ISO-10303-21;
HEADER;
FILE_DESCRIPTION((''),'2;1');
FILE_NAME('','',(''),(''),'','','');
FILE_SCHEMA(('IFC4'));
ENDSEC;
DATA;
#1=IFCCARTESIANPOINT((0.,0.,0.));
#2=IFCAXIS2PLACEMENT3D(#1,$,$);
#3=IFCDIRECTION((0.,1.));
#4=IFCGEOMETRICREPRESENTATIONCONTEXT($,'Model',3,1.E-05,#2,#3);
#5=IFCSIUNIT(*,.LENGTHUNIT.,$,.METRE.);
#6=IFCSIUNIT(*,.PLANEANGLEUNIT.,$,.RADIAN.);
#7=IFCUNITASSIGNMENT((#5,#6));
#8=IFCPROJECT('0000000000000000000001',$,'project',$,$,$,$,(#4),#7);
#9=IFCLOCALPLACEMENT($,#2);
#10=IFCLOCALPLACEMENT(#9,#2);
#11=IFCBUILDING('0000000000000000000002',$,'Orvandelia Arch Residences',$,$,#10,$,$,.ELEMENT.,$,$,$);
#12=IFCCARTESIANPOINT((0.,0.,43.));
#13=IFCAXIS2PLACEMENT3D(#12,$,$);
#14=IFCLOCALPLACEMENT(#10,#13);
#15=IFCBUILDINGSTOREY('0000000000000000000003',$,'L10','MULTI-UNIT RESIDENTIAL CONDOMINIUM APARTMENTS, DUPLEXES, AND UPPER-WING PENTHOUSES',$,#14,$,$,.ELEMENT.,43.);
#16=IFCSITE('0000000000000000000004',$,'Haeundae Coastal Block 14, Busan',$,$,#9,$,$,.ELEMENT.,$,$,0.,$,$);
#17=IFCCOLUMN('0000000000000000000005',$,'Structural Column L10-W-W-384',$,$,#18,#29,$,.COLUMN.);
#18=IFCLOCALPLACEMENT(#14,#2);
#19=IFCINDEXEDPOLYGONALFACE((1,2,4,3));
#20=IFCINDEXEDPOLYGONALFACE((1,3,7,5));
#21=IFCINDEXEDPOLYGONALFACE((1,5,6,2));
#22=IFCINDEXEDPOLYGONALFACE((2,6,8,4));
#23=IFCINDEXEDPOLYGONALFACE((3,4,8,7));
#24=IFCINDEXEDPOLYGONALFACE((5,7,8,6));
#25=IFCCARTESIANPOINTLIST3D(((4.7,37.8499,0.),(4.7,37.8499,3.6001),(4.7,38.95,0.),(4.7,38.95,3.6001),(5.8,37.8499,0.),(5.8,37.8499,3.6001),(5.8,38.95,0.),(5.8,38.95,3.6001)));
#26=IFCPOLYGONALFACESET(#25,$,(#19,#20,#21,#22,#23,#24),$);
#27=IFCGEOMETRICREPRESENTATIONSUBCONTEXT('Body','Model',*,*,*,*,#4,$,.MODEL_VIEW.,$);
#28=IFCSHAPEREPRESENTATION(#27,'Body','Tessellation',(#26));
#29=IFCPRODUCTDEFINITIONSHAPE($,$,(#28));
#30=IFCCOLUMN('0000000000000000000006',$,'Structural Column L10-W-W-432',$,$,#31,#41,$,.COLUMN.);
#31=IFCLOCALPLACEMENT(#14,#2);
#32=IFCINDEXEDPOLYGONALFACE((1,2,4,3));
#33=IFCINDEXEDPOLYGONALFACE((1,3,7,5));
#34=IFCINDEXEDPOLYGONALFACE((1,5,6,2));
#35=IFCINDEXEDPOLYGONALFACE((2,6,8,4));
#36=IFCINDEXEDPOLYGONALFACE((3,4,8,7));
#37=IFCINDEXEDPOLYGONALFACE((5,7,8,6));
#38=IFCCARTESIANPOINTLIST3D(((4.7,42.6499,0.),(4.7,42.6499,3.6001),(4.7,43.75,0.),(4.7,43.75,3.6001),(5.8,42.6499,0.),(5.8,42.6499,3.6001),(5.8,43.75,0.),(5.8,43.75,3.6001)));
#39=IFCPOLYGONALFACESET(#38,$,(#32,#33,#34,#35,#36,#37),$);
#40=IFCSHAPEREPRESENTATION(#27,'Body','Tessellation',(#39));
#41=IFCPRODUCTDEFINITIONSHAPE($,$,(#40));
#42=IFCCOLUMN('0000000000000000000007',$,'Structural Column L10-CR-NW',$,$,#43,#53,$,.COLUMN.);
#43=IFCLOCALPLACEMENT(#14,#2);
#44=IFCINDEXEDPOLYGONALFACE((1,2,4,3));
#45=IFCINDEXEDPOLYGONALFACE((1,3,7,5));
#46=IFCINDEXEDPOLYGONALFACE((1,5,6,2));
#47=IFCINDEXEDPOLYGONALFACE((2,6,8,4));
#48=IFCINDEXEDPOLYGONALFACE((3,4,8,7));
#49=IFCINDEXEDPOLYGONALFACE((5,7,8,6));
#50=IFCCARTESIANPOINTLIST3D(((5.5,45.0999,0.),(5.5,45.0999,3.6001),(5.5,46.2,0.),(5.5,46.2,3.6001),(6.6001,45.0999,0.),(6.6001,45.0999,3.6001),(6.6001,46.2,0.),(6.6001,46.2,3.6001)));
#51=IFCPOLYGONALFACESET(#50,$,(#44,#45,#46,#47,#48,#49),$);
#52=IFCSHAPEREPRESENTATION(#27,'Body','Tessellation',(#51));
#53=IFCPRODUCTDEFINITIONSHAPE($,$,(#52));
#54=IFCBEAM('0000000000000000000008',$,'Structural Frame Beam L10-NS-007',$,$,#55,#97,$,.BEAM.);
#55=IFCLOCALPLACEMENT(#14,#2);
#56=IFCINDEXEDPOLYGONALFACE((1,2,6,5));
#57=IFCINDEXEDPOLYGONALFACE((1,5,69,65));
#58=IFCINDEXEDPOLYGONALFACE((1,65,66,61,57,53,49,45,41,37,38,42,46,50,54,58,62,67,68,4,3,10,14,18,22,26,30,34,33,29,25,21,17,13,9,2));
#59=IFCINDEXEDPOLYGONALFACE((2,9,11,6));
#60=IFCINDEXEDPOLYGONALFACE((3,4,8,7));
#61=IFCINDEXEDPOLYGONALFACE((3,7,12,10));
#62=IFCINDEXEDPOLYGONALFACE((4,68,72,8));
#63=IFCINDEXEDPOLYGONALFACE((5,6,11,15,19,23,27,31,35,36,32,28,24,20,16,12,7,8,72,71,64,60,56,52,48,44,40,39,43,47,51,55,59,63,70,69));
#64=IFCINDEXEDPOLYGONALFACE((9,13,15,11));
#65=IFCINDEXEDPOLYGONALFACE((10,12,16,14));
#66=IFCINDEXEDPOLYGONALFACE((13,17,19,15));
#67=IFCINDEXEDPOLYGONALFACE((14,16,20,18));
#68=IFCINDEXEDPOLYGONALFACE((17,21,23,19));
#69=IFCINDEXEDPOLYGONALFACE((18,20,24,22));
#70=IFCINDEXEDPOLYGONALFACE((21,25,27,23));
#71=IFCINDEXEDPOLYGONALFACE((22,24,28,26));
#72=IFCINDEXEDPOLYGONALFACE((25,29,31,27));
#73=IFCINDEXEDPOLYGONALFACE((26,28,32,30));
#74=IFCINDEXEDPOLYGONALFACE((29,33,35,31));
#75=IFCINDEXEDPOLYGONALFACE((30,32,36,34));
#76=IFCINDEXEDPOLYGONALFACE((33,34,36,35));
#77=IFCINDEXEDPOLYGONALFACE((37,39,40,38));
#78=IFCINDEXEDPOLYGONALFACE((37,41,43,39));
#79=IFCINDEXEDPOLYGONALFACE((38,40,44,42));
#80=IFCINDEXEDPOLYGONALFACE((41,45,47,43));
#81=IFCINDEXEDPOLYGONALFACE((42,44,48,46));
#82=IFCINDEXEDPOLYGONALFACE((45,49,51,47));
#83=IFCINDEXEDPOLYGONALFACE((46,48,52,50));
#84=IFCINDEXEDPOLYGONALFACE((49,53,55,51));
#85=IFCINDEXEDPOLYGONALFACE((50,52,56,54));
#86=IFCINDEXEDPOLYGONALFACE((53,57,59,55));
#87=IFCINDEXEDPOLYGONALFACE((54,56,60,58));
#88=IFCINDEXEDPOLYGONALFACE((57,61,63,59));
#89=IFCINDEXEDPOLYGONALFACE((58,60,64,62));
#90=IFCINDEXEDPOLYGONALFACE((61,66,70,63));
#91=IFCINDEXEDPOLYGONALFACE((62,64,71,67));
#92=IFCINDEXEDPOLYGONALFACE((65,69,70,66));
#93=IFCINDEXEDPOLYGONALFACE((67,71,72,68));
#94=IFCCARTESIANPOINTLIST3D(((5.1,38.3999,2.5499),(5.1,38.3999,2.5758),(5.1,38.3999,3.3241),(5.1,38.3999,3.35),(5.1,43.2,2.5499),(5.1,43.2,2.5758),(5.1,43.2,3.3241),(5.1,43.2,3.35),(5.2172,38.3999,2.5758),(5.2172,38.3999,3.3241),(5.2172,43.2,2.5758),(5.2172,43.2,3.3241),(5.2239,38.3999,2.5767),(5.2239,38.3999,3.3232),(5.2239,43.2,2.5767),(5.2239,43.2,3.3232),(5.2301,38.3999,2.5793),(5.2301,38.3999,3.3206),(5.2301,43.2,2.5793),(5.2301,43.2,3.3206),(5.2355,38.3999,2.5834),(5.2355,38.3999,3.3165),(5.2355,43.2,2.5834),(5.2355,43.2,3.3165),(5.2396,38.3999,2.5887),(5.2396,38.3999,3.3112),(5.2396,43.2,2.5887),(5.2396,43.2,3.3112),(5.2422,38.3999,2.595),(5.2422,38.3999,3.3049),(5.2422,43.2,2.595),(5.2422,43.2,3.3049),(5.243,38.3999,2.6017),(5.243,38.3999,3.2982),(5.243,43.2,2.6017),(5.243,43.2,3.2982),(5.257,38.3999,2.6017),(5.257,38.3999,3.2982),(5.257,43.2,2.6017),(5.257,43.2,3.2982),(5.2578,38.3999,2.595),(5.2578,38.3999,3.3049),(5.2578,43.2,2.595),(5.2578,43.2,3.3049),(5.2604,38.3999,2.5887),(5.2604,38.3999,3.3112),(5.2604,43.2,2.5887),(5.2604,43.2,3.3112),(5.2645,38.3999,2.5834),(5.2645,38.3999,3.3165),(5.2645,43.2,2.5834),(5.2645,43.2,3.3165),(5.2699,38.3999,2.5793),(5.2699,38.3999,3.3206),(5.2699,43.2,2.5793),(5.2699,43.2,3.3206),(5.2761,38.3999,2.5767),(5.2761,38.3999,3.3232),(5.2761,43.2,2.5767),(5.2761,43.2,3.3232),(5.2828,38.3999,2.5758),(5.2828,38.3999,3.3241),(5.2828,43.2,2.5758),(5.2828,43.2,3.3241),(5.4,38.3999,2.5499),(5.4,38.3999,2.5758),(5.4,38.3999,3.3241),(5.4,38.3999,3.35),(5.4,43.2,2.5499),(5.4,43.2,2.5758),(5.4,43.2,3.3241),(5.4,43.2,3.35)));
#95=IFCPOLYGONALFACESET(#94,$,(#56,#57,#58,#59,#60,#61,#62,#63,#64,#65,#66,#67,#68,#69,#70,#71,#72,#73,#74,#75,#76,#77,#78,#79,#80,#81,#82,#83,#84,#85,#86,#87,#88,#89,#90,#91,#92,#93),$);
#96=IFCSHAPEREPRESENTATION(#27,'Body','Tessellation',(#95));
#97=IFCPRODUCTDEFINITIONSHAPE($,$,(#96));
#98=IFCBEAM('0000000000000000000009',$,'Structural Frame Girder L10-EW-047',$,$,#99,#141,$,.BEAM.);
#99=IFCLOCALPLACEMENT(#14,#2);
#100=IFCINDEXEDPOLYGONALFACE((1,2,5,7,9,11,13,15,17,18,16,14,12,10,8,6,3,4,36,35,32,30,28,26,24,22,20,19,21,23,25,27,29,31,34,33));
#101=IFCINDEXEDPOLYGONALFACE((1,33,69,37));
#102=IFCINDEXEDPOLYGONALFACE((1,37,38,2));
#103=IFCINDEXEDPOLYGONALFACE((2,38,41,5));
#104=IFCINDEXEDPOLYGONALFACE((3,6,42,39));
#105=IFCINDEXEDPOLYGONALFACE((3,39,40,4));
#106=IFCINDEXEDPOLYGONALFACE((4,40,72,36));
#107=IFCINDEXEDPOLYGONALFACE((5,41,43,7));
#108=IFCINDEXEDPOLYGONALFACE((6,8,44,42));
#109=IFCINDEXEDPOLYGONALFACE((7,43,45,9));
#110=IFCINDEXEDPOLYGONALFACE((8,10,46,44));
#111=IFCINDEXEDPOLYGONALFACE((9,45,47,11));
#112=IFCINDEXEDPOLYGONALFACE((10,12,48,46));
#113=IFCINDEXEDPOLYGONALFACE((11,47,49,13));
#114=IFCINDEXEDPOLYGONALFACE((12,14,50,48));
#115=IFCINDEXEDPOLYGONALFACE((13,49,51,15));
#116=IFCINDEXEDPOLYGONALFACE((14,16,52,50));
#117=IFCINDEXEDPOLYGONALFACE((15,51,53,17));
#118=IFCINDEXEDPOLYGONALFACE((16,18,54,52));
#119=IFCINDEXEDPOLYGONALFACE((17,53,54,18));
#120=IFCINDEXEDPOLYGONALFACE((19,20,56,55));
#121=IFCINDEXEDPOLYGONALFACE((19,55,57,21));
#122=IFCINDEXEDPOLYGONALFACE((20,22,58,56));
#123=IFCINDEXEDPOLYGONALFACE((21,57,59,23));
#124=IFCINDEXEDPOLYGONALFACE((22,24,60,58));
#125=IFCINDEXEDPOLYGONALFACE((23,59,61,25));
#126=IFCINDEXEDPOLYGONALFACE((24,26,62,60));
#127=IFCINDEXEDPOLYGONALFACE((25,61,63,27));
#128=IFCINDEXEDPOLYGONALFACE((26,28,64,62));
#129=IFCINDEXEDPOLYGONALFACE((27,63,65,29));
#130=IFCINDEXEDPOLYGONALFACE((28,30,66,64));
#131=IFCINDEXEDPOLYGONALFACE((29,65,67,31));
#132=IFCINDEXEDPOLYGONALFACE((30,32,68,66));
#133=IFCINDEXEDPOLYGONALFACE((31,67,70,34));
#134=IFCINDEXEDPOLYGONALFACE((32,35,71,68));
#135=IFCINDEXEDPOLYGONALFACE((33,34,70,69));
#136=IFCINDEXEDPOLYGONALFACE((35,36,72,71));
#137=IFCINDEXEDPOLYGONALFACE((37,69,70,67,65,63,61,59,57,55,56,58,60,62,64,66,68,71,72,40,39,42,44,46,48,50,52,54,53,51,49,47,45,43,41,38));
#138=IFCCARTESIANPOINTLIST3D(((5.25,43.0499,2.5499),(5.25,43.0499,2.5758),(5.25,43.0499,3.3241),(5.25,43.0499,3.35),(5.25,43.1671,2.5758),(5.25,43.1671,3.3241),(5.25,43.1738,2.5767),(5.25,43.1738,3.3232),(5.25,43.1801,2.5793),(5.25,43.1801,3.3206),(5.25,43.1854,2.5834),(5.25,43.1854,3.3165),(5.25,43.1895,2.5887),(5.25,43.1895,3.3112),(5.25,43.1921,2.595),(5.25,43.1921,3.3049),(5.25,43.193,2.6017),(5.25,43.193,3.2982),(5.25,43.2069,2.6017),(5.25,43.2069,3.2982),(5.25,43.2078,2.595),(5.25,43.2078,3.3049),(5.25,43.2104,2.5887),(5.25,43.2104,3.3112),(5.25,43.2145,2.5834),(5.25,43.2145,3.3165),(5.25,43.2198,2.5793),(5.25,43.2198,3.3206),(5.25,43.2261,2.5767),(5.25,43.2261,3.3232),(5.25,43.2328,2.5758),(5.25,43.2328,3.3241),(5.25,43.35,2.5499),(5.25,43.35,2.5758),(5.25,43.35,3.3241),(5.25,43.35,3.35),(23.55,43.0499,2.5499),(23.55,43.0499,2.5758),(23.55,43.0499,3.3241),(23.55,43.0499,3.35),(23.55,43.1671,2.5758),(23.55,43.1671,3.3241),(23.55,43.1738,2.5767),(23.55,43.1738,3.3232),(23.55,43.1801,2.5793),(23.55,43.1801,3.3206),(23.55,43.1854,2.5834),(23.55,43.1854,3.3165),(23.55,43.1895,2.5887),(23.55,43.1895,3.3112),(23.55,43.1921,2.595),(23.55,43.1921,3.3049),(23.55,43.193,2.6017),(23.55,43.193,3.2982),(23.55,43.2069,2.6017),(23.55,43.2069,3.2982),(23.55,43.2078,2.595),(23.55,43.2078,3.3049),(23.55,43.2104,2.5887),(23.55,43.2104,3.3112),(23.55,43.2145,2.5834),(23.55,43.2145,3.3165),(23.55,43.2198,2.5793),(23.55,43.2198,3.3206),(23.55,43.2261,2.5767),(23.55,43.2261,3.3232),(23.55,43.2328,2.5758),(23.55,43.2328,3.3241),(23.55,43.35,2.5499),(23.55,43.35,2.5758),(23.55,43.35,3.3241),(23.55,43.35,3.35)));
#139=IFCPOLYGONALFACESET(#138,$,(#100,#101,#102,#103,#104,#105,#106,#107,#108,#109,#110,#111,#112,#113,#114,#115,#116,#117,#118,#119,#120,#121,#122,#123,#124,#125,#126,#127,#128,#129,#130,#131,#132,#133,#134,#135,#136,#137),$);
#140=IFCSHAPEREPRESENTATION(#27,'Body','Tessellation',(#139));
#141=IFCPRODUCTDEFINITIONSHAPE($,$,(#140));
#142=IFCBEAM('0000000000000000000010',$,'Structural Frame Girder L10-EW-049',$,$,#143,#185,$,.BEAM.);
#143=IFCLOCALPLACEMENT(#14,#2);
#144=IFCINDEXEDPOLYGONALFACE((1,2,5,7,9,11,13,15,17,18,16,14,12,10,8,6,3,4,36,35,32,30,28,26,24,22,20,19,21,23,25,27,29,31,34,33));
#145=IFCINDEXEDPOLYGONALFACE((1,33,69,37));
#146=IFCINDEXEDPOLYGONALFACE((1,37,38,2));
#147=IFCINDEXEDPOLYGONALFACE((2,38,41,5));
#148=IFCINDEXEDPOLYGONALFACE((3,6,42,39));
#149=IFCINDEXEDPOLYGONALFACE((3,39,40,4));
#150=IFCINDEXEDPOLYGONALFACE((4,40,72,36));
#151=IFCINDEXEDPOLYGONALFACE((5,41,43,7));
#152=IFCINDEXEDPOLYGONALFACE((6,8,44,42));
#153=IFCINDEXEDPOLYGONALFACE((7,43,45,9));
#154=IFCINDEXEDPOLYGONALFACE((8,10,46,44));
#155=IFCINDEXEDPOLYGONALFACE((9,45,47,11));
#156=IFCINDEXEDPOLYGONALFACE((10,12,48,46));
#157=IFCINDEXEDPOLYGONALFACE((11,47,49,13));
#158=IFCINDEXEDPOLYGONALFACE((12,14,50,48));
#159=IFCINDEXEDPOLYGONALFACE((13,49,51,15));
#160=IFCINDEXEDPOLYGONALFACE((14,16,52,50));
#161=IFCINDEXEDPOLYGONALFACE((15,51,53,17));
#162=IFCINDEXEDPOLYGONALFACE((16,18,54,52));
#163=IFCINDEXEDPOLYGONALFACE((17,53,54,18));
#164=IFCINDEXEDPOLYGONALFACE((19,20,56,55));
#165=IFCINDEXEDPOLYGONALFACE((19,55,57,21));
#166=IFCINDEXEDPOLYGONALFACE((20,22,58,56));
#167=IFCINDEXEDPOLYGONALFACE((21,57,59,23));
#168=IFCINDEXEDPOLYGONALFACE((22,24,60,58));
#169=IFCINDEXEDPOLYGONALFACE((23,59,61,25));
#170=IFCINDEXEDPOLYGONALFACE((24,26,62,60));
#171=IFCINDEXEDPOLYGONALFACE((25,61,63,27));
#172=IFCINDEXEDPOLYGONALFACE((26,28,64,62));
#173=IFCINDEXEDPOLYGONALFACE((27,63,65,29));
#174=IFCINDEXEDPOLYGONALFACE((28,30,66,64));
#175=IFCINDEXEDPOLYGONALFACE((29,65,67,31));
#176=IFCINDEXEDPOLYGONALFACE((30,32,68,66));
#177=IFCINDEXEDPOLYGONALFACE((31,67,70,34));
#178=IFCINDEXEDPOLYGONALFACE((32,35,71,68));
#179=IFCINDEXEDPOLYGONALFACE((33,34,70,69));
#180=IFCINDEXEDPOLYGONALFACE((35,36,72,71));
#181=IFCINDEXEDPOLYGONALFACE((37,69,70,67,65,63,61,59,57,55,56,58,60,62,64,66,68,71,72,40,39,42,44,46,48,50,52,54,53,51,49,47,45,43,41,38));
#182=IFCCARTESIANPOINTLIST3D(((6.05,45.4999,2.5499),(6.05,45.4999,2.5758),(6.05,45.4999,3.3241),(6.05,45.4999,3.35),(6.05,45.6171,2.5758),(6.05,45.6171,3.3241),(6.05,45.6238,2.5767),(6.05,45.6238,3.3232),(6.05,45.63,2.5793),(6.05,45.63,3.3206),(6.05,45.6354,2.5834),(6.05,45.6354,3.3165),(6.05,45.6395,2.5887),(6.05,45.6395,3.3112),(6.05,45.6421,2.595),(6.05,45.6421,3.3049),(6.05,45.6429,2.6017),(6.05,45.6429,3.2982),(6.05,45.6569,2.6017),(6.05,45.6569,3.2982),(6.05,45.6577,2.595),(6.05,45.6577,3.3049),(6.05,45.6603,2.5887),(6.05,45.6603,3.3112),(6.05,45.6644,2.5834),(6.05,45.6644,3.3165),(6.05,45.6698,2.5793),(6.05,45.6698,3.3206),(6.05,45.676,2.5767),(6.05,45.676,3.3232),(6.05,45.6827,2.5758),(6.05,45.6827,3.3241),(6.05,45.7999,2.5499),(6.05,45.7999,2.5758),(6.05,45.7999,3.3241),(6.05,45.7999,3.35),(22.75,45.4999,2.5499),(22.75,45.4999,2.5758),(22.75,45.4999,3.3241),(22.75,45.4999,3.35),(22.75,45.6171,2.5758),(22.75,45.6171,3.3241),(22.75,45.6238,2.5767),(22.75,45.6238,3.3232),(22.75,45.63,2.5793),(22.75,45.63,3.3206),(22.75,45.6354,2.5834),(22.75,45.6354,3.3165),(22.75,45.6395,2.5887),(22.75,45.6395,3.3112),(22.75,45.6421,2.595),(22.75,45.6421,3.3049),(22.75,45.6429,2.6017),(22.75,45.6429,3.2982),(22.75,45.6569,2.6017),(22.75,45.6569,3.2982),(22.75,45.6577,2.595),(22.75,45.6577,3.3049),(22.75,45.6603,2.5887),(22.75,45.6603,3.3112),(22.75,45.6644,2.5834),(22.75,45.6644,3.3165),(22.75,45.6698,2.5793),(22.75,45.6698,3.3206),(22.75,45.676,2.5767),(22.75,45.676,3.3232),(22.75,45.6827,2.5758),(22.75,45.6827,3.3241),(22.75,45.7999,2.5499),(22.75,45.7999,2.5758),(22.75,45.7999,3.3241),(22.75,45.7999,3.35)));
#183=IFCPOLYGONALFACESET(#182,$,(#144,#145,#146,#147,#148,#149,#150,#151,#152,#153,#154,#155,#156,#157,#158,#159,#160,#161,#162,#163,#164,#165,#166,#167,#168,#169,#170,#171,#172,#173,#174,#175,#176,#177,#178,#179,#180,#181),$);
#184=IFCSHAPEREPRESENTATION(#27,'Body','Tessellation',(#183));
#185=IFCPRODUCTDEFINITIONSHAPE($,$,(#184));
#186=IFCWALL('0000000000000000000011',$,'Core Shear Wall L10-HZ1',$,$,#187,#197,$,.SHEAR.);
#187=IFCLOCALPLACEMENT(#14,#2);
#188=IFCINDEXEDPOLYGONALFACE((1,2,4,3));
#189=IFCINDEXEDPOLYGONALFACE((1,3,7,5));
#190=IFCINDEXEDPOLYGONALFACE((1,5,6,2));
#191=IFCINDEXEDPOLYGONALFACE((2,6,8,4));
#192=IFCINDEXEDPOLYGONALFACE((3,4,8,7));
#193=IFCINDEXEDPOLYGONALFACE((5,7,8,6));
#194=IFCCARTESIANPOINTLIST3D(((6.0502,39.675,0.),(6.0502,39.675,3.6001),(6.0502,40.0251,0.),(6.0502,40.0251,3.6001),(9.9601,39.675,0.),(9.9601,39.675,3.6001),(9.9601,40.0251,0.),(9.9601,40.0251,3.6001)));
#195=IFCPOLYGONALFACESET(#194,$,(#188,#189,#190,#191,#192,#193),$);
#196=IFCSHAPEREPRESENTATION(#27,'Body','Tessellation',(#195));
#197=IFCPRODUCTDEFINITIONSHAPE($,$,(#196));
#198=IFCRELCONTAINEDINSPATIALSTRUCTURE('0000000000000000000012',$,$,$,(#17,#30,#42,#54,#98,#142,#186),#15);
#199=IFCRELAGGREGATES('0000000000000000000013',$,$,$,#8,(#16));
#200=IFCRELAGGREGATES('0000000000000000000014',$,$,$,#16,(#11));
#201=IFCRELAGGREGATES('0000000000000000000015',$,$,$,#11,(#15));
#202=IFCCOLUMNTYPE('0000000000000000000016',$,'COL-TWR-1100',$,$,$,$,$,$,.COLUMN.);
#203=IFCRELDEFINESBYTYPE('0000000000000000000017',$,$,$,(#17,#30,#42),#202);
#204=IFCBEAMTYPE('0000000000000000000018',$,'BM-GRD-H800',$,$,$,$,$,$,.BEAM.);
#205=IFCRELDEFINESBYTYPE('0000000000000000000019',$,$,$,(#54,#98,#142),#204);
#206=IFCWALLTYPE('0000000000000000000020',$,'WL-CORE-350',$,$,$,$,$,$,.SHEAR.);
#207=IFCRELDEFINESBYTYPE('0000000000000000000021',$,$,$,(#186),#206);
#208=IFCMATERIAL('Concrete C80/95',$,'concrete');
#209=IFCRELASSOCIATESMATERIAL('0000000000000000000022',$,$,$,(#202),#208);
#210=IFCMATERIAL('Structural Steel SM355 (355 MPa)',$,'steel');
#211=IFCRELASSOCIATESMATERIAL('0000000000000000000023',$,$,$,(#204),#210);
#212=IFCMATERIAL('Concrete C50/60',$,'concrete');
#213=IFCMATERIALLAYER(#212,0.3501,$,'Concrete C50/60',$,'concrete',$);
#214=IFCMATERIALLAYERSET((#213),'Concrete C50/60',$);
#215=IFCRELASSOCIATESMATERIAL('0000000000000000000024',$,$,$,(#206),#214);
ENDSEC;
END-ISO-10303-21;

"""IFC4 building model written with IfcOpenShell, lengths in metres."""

from ifc_helpers import new_model, si_unit, direction, frame, frame_2d, origin, origin_2d, place, context, subcontext, project, spatial, rectangle, i_section, extrude, material, layer, layer_set, material_profile, profile_set, type_object, element, save


model = new_model("IFC4")

# Units and contexts
model_context = context("Model", 3, precision=1e-05, world=origin(), true_north=direction((0.0, 1.0)))
body_context = subcontext(model_context, "Body", "Model", "MODEL_VIEW")
ifc_project = project(units=[si_unit("LENGTHUNIT", "METRE"), si_unit("PLANEANGLEUNIT", "RADIAN")], contexts=[model_context])

# Site, building, storey
site_placement = place(None, origin())
site = spatial("IfcSite", under=ifc_project, at=site_placement, Name="Haeundae Coastal Block 14, Busan", CompositionType="ELEMENT", RefElevation=0.0)
building_placement = place(site_placement, origin())
building = spatial("IfcBuilding", under=site, at=building_placement, Name="Orvandelia Arch Residences", CompositionType="ELEMENT")
storey_placement = place(building_placement, frame((0.0, 0.0, 43.0)))
storey = spatial("IfcBuildingStorey", under=building, at=storey_placement, Name="L10", Description="MULTI-UNIT RESIDENTIAL CONDOMINIUM APARTMENTS, DUPLEXES, AND UPPER-WING PENTHOUSES", CompositionType="ELEMENT", Elevation=43.0)

# Columns
ifc_material_1 = material(Name="Concrete C80/95", Category="concrete")
ifc_material_profile_1 = material_profile(ifc_material_1, rectangle(XDim=1.1001, YDim=1.1001, at=origin_2d()), Name="Concrete C80/95", Category="concrete")
ifc_profile_set_1 = profile_set([ifc_material_profile_1], Name="Concrete C80/95")
column_type = type_object("IfcColumnType", Name="COL-TWR-1100", PredefinedType="COLUMN", material=ifc_profile_set_1)
for number, where, z_axis, x_axis, name in (
    (1, (5.25, 38.3999, 0.0), (0.0, 0.0, 1.0), (1.0, 0.0, 0.0), "Structural Column L10-W-W-384"),
    (2, (5.25, 43.2, 0.0), (0.0, 0.0, 1.0), (1.0, 0.0, 0.0), "Structural Column L10-W-W-432"),
    (3, (6.05, 45.6499, 0.0), (0.0, 0.0, 1.0), (1.0, 0.0, 0.0), "Structural Column L10-CR-NW"),
):
    element("IfcColumn", number, at=place(storey_placement, frame(where, z_axis=z_axis, x_axis=x_axis)), inside=storey, type_object=column_type, Name=name, PredefinedType="COLUMN", context=body_context, shape_type="SweptSolid", body=[
        extrude(rectangle(XDim=1.1001, YDim=1.1001, at=origin_2d()), origin(), (0.0, 0.0, 1.0), 3.6001),
    ])

# Beams
ifc_material_2 = material(Name="Structural Steel SM355 (355 MPa)", Category="steel")
ifc_material_profile_2 = material_profile(ifc_material_2, i_section(OverallWidth=0.3, OverallDepth=0.8, WebThickness=0.0139, FlangeThickness=0.0259, FilletRadius=0.0259, at=origin_2d()), Name="Structural Steel SM355 (355 MPa)", Category="steel")
ifc_profile_set_2 = profile_set([ifc_material_profile_2], Name="Structural Steel SM355 (355 MPa)")
beam_type = type_object("IfcBeamType", Name="BM-GRD-H800", PredefinedType="BEAM", material=ifc_profile_set_2)
beam_1_placement = place(storey_placement, frame((5.25, 38.3999, 2.95), z_axis=(0.0, 1.0, 0.0), x_axis=(-1.0, 0.0, 0.0)))
element("IfcBeam", 4, at=beam_1_placement, inside=storey, type_object=beam_type, Name="Structural Frame Beam L10-NS-007", PredefinedType="BEAM", context=body_context, shape_type="SweptSolid", body=[
    extrude(i_section(OverallWidth=0.3, OverallDepth=0.8, WebThickness=0.0139, FlangeThickness=0.0259, FilletRadius=0.0259, at=origin_2d()), origin(), (0.0, 0.0, 1.0), 4.8),
])
beam_2_placement = place(storey_placement, frame((5.25, 43.2, 2.95), z_axis=(1.0, 0.0, 0.0), x_axis=(0.0, 1.0, 0.0)))
element("IfcBeam", 5, at=beam_2_placement, inside=storey, type_object=beam_type, Name="Structural Frame Girder L10-EW-047", PredefinedType="BEAM", context=body_context, shape_type="SweptSolid", body=[
    extrude(i_section(OverallWidth=0.3, OverallDepth=0.8, WebThickness=0.0139, FlangeThickness=0.0259, FilletRadius=0.0259, at=origin_2d()), origin(), (0.0, 0.0, 1.0), 18.3),
])
beam_3_placement = place(storey_placement, frame((6.05, 45.6499, 2.95), z_axis=(1.0, 0.0, 0.0), x_axis=(0.0, 1.0, 0.0)))
element("IfcBeam", 6, at=beam_3_placement, inside=storey, type_object=beam_type, Name="Structural Frame Girder L10-EW-049", PredefinedType="BEAM", context=body_context, shape_type="SweptSolid", body=[
    extrude(i_section(OverallWidth=0.3, OverallDepth=0.8, WebThickness=0.0139, FlangeThickness=0.0259, FilletRadius=0.0259, at=origin_2d()), origin(), (0.0, 0.0, 1.0), 16.7),
])

# Wall
ifc_material_3 = material(Name="Concrete C50/60", Category="concrete")
ifc_layer_1 = layer(ifc_material_3, 0.3501, Name="Concrete C50/60", Category="concrete")
ifc_layer_set_1 = layer_set([ifc_layer_1], Name="Concrete C50/60")
wall_type_1 = type_object("IfcWallType", Name="WL-CORE-350", PredefinedType="SHEAR", material=ifc_layer_set_1)
wall_1_placement = place(storey_placement, frame((6.05, 39.8501, 0.0), z_axis=(0.0, 0.0, 1.0), x_axis=(1.0, 0.0, 0.0)))
element("IfcWall", 7, at=wall_1_placement, inside=storey, type_object=wall_type_1, Name="Core Shear Wall L10-HZ1", PredefinedType="SHEAR", context=body_context, shape_type="SweptSolid", body=[
    extrude(rectangle(XDim=3.9099, YDim=0.3501, at=frame_2d((1.9551, 0.0))), origin(), (0.0, 0.0, 1.0), 3.6001),
])

save(model, "model.ifc")
